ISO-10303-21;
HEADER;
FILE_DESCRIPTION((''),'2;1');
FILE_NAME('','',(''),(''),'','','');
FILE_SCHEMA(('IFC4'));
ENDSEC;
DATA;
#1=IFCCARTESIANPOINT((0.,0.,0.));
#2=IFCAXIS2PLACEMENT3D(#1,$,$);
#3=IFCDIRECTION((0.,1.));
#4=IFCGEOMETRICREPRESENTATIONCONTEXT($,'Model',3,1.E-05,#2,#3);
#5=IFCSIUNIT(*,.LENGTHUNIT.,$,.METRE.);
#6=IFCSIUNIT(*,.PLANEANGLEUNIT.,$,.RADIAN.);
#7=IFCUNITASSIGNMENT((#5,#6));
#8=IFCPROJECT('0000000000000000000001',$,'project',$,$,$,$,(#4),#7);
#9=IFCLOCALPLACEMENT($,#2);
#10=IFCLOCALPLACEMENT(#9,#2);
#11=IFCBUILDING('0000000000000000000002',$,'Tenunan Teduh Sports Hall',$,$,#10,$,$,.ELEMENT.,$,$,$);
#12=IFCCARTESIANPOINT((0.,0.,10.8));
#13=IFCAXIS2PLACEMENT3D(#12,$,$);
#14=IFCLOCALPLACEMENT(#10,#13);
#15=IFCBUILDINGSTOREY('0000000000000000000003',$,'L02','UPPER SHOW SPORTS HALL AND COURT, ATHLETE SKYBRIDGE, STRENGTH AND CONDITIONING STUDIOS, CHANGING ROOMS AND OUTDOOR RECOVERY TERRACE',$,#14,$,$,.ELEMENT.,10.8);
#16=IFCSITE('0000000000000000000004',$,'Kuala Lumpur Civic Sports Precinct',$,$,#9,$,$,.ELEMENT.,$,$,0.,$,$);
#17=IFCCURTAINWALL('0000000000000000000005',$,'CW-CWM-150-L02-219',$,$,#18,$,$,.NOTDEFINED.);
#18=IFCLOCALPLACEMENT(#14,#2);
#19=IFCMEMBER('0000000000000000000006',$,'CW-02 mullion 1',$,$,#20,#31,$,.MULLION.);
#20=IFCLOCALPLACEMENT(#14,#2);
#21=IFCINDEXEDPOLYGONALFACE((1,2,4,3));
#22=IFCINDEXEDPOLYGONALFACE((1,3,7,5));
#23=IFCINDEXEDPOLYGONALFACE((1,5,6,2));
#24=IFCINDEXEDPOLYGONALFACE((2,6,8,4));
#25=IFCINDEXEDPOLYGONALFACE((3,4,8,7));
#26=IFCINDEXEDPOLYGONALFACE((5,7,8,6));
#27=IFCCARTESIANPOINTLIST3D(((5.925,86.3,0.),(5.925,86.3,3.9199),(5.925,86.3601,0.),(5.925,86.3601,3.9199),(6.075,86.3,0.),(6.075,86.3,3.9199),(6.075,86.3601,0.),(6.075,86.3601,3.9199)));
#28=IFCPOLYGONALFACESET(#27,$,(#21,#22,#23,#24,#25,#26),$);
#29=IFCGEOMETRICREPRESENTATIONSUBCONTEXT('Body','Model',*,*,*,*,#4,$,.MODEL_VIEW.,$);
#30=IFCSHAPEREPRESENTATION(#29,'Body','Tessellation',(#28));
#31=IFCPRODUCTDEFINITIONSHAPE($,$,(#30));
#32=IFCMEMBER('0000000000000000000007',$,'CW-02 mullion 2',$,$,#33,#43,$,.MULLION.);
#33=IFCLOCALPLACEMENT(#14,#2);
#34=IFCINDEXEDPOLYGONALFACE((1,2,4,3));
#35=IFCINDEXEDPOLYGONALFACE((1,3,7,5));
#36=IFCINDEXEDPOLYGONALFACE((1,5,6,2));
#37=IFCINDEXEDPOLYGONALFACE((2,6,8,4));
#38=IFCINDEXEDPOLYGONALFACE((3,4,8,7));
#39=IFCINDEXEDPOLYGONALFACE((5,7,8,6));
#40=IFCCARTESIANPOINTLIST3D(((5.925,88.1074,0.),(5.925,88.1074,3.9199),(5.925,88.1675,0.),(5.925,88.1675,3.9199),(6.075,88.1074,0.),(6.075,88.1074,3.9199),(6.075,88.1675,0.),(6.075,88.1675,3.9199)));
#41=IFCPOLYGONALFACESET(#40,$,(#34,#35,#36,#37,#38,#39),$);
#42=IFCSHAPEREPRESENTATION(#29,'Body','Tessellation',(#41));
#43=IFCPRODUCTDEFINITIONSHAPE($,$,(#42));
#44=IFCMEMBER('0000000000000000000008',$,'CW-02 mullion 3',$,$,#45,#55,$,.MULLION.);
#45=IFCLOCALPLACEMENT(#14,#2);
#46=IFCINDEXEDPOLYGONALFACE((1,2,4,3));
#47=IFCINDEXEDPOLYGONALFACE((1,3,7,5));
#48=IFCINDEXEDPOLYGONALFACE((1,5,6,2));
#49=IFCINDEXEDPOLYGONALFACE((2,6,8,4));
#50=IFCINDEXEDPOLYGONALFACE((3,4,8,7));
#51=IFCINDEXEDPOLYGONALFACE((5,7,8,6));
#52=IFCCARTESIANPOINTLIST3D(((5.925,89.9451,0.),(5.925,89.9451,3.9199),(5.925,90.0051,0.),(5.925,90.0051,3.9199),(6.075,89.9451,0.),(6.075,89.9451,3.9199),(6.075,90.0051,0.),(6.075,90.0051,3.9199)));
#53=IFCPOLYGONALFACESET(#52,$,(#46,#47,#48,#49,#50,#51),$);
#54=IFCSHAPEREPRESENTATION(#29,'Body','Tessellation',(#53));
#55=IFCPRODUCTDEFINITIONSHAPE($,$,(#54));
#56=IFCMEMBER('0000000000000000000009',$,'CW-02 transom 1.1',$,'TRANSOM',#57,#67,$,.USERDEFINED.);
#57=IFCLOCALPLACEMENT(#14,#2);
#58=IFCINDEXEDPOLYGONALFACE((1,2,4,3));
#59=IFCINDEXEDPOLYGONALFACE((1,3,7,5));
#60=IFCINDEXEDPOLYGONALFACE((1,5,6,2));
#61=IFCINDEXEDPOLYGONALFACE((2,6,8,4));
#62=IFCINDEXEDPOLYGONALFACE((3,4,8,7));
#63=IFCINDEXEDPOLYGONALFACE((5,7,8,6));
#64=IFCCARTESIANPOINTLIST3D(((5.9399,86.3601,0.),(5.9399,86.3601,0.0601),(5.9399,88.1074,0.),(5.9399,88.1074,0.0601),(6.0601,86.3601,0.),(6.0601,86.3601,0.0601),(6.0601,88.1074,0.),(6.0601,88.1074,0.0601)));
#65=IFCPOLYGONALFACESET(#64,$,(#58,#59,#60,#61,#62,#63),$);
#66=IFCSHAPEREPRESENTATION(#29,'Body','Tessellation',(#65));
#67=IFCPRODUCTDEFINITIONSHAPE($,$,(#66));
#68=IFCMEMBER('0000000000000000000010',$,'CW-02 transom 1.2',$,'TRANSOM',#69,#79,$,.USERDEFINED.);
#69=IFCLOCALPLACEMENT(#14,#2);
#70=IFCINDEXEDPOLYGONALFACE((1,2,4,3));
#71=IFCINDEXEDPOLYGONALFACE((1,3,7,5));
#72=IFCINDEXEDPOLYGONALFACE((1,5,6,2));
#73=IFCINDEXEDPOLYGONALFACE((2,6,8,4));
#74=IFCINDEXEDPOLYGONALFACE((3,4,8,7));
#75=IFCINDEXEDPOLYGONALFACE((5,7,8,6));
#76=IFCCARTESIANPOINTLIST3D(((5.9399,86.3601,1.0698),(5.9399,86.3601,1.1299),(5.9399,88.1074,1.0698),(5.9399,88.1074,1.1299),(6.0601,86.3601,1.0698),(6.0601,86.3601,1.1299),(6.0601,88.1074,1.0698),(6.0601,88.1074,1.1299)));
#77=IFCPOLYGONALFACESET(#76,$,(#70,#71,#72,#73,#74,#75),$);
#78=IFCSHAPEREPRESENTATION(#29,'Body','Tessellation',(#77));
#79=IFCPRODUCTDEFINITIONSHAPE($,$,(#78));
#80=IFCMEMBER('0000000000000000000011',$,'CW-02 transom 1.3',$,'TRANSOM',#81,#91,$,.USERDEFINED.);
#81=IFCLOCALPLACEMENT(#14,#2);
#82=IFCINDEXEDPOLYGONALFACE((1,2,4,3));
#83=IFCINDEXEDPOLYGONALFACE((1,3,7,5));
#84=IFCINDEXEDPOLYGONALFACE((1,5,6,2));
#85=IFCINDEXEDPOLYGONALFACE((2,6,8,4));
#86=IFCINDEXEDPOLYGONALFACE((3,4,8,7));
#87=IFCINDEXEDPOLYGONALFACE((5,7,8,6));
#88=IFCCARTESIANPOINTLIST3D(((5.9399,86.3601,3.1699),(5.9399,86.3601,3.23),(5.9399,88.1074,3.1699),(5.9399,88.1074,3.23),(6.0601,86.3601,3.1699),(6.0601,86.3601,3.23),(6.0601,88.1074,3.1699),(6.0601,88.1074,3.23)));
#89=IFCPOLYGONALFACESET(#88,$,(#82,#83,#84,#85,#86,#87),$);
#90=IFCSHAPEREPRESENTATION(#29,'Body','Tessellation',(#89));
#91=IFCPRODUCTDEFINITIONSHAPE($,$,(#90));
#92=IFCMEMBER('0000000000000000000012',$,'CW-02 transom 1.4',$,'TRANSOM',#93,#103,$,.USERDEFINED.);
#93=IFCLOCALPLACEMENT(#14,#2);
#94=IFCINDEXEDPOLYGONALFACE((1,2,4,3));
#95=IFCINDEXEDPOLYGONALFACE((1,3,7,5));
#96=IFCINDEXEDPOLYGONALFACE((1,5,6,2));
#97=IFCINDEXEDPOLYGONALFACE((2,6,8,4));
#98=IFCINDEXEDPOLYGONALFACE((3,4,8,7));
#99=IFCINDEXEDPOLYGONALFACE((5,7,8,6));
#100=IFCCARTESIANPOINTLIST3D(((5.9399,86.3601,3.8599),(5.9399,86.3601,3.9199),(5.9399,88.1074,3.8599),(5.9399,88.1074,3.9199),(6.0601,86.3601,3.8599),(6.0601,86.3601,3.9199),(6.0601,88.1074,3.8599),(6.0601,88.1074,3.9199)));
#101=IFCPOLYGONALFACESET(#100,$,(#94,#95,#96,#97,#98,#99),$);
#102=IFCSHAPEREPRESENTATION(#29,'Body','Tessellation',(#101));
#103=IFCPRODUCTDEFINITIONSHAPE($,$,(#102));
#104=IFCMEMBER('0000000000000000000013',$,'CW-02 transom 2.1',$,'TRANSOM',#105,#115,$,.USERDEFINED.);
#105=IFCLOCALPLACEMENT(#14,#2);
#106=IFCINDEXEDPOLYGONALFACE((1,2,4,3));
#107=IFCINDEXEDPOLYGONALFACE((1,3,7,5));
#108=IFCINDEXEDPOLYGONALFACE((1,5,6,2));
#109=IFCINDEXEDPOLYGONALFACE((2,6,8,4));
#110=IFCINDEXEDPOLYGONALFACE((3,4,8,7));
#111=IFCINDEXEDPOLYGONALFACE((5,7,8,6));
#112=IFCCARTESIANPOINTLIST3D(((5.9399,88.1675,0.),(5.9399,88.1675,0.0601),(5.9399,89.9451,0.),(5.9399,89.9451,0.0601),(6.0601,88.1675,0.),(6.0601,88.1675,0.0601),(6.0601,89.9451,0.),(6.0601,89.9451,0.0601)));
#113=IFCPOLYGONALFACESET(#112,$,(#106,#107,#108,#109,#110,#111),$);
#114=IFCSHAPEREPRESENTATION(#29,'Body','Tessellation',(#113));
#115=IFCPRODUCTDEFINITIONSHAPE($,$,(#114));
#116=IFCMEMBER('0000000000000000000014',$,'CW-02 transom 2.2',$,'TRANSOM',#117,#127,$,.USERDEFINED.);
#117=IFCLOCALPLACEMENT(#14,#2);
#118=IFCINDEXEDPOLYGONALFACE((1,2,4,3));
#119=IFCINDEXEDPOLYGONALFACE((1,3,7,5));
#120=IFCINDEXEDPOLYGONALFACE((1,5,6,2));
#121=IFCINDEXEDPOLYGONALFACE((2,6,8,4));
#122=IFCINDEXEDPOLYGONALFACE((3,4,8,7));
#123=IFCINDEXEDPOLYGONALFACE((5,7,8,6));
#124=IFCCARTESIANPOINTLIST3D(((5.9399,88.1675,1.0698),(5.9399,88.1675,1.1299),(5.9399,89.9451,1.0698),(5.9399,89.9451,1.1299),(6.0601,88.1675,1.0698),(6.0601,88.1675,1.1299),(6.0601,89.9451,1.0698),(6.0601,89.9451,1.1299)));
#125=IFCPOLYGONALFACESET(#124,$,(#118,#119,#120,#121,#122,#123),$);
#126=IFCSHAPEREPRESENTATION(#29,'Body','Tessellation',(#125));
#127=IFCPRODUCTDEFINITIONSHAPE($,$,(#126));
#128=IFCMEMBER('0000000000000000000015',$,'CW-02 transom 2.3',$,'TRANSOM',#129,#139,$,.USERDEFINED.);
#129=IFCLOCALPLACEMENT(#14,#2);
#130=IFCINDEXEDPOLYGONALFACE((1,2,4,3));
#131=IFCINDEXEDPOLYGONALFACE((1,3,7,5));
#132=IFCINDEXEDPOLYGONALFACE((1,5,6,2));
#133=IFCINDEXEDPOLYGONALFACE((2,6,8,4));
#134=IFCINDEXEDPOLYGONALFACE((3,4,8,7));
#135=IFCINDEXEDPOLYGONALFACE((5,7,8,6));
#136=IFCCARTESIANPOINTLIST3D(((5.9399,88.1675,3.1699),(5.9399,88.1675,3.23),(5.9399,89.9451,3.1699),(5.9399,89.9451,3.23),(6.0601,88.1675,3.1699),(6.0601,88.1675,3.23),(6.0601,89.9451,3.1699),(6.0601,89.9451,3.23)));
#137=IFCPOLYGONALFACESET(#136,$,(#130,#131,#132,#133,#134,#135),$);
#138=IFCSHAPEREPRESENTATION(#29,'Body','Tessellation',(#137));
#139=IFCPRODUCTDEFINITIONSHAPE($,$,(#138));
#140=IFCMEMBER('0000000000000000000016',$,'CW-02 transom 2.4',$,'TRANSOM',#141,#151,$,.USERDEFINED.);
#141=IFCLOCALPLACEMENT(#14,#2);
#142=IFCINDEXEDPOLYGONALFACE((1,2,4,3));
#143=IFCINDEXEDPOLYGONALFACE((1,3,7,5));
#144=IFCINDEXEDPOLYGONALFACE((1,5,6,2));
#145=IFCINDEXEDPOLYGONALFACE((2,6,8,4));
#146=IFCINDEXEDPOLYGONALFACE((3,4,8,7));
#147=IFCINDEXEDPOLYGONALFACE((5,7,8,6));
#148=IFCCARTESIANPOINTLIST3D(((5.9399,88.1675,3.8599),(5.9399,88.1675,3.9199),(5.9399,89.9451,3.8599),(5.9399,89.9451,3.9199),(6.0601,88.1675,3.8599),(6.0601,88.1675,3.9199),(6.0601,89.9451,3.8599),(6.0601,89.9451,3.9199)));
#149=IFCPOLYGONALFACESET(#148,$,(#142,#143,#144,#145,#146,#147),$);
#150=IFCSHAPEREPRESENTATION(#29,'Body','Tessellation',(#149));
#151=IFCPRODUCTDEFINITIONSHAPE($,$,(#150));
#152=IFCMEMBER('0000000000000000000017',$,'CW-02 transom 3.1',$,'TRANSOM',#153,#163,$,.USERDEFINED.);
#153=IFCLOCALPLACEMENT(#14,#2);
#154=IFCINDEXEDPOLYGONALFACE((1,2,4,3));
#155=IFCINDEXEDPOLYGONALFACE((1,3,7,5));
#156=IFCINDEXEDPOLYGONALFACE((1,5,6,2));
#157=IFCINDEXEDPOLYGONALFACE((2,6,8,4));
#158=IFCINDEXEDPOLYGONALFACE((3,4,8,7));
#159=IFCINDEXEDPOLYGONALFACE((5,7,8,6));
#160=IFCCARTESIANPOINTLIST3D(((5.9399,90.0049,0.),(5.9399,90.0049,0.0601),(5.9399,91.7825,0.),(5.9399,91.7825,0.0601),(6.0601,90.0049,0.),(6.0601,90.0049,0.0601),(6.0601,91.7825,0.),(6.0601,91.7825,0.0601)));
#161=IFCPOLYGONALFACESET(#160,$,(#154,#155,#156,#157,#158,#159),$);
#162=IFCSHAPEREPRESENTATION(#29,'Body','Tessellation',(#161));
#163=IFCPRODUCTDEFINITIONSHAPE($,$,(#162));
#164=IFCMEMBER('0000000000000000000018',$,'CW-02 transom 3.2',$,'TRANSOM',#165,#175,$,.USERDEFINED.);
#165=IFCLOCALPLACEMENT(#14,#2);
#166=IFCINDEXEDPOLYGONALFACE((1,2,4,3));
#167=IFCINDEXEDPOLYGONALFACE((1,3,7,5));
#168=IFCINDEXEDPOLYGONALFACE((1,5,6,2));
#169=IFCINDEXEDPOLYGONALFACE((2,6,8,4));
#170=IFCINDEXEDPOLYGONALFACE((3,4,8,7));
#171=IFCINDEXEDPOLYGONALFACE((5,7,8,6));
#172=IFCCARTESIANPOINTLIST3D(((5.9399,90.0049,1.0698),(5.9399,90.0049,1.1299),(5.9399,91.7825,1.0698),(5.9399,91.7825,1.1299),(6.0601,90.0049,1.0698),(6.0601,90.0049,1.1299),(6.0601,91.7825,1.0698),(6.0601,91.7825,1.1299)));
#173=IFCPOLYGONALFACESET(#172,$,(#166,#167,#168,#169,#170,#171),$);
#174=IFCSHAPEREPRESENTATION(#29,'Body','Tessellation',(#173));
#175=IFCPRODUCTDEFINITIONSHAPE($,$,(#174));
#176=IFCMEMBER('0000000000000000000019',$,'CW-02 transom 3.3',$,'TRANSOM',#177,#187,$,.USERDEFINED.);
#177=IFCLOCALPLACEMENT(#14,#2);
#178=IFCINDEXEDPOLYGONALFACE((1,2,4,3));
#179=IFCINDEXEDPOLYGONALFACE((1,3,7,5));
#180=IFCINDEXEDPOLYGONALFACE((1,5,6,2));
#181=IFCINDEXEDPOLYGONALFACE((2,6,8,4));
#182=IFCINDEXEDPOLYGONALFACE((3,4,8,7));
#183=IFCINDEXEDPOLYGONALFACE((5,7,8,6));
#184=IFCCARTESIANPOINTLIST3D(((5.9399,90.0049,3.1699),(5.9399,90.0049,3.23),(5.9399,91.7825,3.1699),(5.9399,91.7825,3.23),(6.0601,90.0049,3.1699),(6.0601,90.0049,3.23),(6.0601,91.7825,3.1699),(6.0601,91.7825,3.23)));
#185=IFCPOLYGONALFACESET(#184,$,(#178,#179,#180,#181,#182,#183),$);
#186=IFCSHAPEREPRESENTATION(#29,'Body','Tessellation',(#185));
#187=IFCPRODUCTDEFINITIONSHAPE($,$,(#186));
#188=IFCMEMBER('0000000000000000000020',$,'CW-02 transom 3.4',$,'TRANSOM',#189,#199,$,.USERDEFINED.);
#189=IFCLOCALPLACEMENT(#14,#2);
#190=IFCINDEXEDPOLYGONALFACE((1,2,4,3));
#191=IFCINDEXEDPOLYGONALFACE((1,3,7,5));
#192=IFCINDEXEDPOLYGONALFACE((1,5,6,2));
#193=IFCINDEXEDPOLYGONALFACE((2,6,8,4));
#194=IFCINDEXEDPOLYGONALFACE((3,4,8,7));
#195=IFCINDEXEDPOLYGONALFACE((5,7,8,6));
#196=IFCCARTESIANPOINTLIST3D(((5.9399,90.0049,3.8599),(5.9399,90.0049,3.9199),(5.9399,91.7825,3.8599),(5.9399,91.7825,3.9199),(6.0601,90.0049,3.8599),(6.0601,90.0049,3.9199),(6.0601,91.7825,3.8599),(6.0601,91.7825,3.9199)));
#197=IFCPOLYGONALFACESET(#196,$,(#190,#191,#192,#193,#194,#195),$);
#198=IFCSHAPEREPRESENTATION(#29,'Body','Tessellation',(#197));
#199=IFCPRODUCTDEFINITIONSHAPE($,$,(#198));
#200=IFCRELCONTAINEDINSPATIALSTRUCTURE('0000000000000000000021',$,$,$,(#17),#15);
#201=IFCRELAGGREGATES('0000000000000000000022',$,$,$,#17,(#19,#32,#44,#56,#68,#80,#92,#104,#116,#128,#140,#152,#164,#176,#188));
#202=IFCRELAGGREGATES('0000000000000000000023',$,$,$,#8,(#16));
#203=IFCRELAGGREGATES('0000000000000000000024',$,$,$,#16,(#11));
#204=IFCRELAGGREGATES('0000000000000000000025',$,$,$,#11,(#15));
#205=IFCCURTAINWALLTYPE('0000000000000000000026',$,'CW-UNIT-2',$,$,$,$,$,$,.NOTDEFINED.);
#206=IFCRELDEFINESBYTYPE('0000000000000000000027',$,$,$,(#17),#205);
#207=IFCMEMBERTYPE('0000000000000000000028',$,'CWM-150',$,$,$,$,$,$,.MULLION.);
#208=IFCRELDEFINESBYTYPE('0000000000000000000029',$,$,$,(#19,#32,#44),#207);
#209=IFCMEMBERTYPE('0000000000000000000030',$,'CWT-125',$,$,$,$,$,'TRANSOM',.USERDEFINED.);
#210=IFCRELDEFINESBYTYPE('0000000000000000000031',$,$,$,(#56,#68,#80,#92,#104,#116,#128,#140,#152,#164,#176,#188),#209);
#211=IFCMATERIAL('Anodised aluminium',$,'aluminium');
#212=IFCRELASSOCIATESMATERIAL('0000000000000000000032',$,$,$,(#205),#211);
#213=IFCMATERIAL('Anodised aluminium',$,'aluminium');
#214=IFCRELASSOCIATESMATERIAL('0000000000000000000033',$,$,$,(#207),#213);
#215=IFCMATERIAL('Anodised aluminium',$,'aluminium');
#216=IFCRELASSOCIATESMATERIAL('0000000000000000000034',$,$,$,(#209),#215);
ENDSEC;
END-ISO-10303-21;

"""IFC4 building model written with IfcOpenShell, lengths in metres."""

from ifc_helpers import new_model, si_unit, direction, frame, origin, origin_2d, place, context, subcontext, project, spatial, rectangle, extrude, material, material_profile, profile_set, type_object, element, aggregate, save


model = new_model("IFC4")

# Units and contexts
model_context = context("Model", 3, precision=1e-05, world=origin(), true_north=direction((0.0, 1.0)))
body_context = subcontext(model_context, "Body", "Model", "MODEL_VIEW")
ifc_project = project(units=[si_unit("LENGTHUNIT", "METRE"), si_unit("PLANEANGLEUNIT", "RADIAN")], contexts=[model_context])

# Site, building, storey
site_placement = place(None, origin())
site = spatial("IfcSite", under=ifc_project, at=site_placement, Name="Kuala Lumpur Civic Sports Precinct", CompositionType="ELEMENT", RefElevation=0.0)
building_placement = place(site_placement, origin())
building = spatial("IfcBuilding", under=site, at=building_placement, Name="Tenunan Teduh Sports Hall", CompositionType="ELEMENT")
storey_placement = place(building_placement, frame((0.0, 0.0, 10.8)))
storey = spatial("IfcBuildingStorey", under=building, at=storey_placement, Name="L02", Description="UPPER SHOW SPORTS HALL AND COURT, ATHLETE SKYBRIDGE, STRENGTH AND CONDITIONING STUDIOS, CHANGING ROOMS AND OUTDOOR RECOVERY TERRACE", CompositionType="ELEMENT", Elevation=10.8)

# Curtain wall, members
ifc_material_1 = material(Name="Anodised aluminium", Category="aluminium")
curtain_wall_type = type_object("IfcCurtainWallType", Name="CW-UNIT-2", PredefinedType="NOTDEFINED", material=ifc_material_1)
curtain_wall_placement = place(storey_placement, origin())
curtain_wall = element("IfcCurtainWall", 1, at=curtain_wall_placement, inside=storey, type_object=curtain_wall_type, Name="CW-CWM-150-L02-219", PredefinedType="NOTDEFINED")
ifc_material_2 = material(Name="Anodised aluminium", Category="aluminium")
ifc_material_profile_1 = material_profile(ifc_material_2, rectangle(XDim=0.0601, YDim=0.1499, at=origin_2d()), Name="CWM 60x150")
ifc_profile_set_1 = profile_set([ifc_material_profile_1], Name="Anodised aluminium")
member_type_1 = type_object("IfcMemberType", Name="CWM-150", PredefinedType="MULLION", material=ifc_profile_set_1)
member_1_placement = place(storey_placement, frame((6.0, 86.3301, 0.0), z_axis=(0.0, 0.0, 1.0), x_axis=(0.0, 1.0, 0.0)))
member_1 = element("IfcMember", 2, at=member_1_placement, type_object=member_type_1, Name="CW-02 mullion 1", PredefinedType="MULLION", context=body_context, shape_type="SweptSolid", body=[
    extrude(rectangle(XDim=0.0601, YDim=0.1499, at=origin_2d()), origin(), (0.0, 0.0, 1.0), 3.9199),
])
member_2_placement = place(storey_placement, frame((6.0, 88.1375, 0.0), z_axis=(0.0, 0.0, 1.0), x_axis=(0.0, 1.0, 0.0)))
member_2 = element("IfcMember", 3, at=member_2_placement, type_object=member_type_1, Name="CW-02 mullion 2", PredefinedType="MULLION", context=body_context, shape_type="SweptSolid", body=[
    extrude(rectangle(XDim=0.0601, YDim=0.1499, at=origin_2d()), origin(), (0.0, 0.0, 1.0), 3.9199),
])
member_3_placement = place(storey_placement, frame((6.0, 89.9751, 0.0), z_axis=(0.0, 0.0, 1.0), x_axis=(0.0, 1.0, 0.0)))
member_3 = element("IfcMember", 4, at=member_3_placement, type_object=member_type_1, Name="CW-02 mullion 3", PredefinedType="MULLION", context=body_context, shape_type="SweptSolid", body=[
    extrude(rectangle(XDim=0.0601, YDim=0.1499, at=origin_2d()), origin(), (0.0, 0.0, 1.0), 3.9199),
])
ifc_material_3 = material(Name="Anodised aluminium", Category="aluminium")
ifc_material_profile_2 = material_profile(ifc_material_3, rectangle(XDim=0.0601, YDim=0.1201, at=origin_2d()), Name="CWT 60x120")
ifc_profile_set_2 = profile_set([ifc_material_profile_2], Name="Anodised aluminium")
member_type_2 = type_object("IfcMemberType", Name="CWT-125", ElementType="TRANSOM", PredefinedType="USERDEFINED", material=ifc_profile_set_2)
member_4_placement = place(storey_placement, frame((6.0, 86.3601, 0.03), z_axis=(0.0, 1.0, 0.0), x_axis=(0.0, 0.0, 1.0)))
member_4 = element("IfcMember", 5, at=member_4_placement, type_object=member_type_2, Name="CW-02 transom 1.1", ObjectType="TRANSOM", PredefinedType="USERDEFINED", context=body_context, shape_type="SweptSolid", body=[
    extrude(rectangle(XDim=0.0601, YDim=0.1201, at=origin_2d()), origin(), (0.0, 0.0, 1.0), 1.7473),
])
member_5_placement = place(storey_placement, frame((6.0, 86.3601, 1.0999), z_axis=(0.0, 1.0, 0.0), x_axis=(0.0, 0.0, 1.0)))
member_5 = element("IfcMember", 6, at=member_5_placement, type_object=member_type_2, Name="CW-02 transom 1.2", ObjectType="TRANSOM", PredefinedType="USERDEFINED", context=body_context, shape_type="SweptSolid", body=[
    extrude(rectangle(XDim=0.0601, YDim=0.1201, at=origin_2d()), origin(), (0.0, 0.0, 1.0), 1.7473),
])
member_6_placement = place(storey_placement, frame((6.0, 86.3601, 3.2), z_axis=(0.0, 1.0, 0.0), x_axis=(0.0, 0.0, 1.0)))
member_6 = element("IfcMember", 7, at=member_6_placement, type_object=member_type_2, Name="CW-02 transom 1.3", ObjectType="TRANSOM", PredefinedType="USERDEFINED", context=body_context, shape_type="SweptSolid", body=[
    extrude(rectangle(XDim=0.0601, YDim=0.1201, at=origin_2d()), origin(), (0.0, 0.0, 1.0), 1.7473),
])
member_7_placement = place(storey_placement, frame((6.0, 86.3601, 3.8899), z_axis=(0.0, 1.0, 0.0), x_axis=(0.0, 0.0, 1.0)))
member_7 = element("IfcMember", 8, at=member_7_placement, type_object=member_type_2, Name="CW-02 transom 1.4", ObjectType="TRANSOM", PredefinedType="USERDEFINED", context=body_context, shape_type="SweptSolid", body=[
    extrude(rectangle(XDim=0.0601, YDim=0.1201, at=origin_2d()), origin(), (0.0, 0.0, 1.0), 1.7473),
])
member_8_placement = place(storey_placement, frame((6.0, 88.1675, 0.03), z_axis=(0.0, 1.0, 0.0), x_axis=(0.0, 0.0, 1.0)))
member_8 = element("IfcMember", 9, at=member_8_placement, type_object=member_type_2, Name="CW-02 transom 2.1", ObjectType="TRANSOM", PredefinedType="USERDEFINED", context=body_context, shape_type="SweptSolid", body=[
    extrude(rectangle(XDim=0.0601, YDim=0.1201, at=origin_2d()), origin(), (0.0, 0.0, 1.0), 1.7776),
])
member_9_placement = place(storey_placement, frame((6.0, 88.1675, 1.0999), z_axis=(0.0, 1.0, 0.0), x_axis=(0.0, 0.0, 1.0)))
member_9 = element("IfcMember", 10, at=member_9_placement, type_object=member_type_2, Name="CW-02 transom 2.2", ObjectType="TRANSOM", PredefinedType="USERDEFINED", context=body_context, shape_type="SweptSolid", body=[
    extrude(rectangle(XDim=0.0601, YDim=0.1201, at=origin_2d()), origin(), (0.0, 0.0, 1.0), 1.7776),
])
member_10_placement = place(storey_placement, frame((6.0, 88.1675, 3.2), z_axis=(0.0, 1.0, 0.0), x_axis=(0.0, 0.0, 1.0)))
member_10 = element("IfcMember", 11, at=member_10_placement, type_object=member_type_2, Name="CW-02 transom 2.3", ObjectType="TRANSOM", PredefinedType="USERDEFINED", context=body_context, shape_type="SweptSolid", body=[
    extrude(rectangle(XDim=0.0601, YDim=0.1201, at=origin_2d()), origin(), (0.0, 0.0, 1.0), 1.7776),
])
member_11_placement = place(storey_placement, frame((6.0, 88.1675, 3.8899), z_axis=(0.0, 1.0, 0.0), x_axis=(0.0, 0.0, 1.0)))
member_11 = element("IfcMember", 12, at=member_11_placement, type_object=member_type_2, Name="CW-02 transom 2.4", ObjectType="TRANSOM", PredefinedType="USERDEFINED", context=body_context, shape_type="SweptSolid", body=[
    extrude(rectangle(XDim=0.0601, YDim=0.1201, at=origin_2d()), origin(), (0.0, 0.0, 1.0), 1.7776),
])
member_12_placement = place(storey_placement, frame((6.0, 90.0049, 0.03), z_axis=(0.0, 1.0, 0.0), x_axis=(0.0, 0.0, 1.0)))
member_12 = element("IfcMember", 13, at=member_12_placement, type_object=member_type_2, Name="CW-02 transom 3.1", ObjectType="TRANSOM", PredefinedType="USERDEFINED", context=body_context, shape_type="SweptSolid", body=[
    extrude(rectangle(XDim=0.0601, YDim=0.1201, at=origin_2d()), origin(), (0.0, 0.0, 1.0), 1.7776),
])
member_13_placement = place(storey_placement, frame((6.0, 90.0049, 1.0999), z_axis=(0.0, 1.0, 0.0), x_axis=(0.0, 0.0, 1.0)))
member_13 = element("IfcMember", 14, at=member_13_placement, type_object=member_type_2, Name="CW-02 transom 3.2", ObjectType="TRANSOM", PredefinedType="USERDEFINED", context=body_context, shape_type="SweptSolid", body=[
    extrude(rectangle(XDim=0.0601, YDim=0.1201, at=origin_2d()), origin(), (0.0, 0.0, 1.0), 1.7776),
])
member_14_placement = place(storey_placement, frame((6.0, 90.0049, 3.2), z_axis=(0.0, 1.0, 0.0), x_axis=(0.0, 0.0, 1.0)))
member_14 = element("IfcMember", 15, at=member_14_placement, type_object=member_type_2, Name="CW-02 transom 3.3", ObjectType="TRANSOM", PredefinedType="USERDEFINED", context=body_context, shape_type="SweptSolid", body=[
    extrude(rectangle(XDim=0.0601, YDim=0.1201, at=origin_2d()), origin(), (0.0, 0.0, 1.0), 1.7776),
])
member_15_placement = place(storey_placement, frame((6.0, 90.0049, 3.8899), z_axis=(0.0, 1.0, 0.0), x_axis=(0.0, 0.0, 1.0)))
member_15 = element("IfcMember", 16, at=member_15_placement, type_object=member_type_2, Name="CW-02 transom 3.4", ObjectType="TRANSOM", PredefinedType="USERDEFINED", context=body_context, shape_type="SweptSolid", body=[
    extrude(rectangle(XDim=0.0601, YDim=0.1201, at=origin_2d()), origin(), (0.0, 0.0, 1.0), 1.7776),
])
aggregate(curtain_wall, [member_1, member_2, member_3, member_4, member_5, member_6, member_7, member_8, member_9, member_10, member_11, member_12, member_13, member_14, member_15])

save(model, "model.ifc")
